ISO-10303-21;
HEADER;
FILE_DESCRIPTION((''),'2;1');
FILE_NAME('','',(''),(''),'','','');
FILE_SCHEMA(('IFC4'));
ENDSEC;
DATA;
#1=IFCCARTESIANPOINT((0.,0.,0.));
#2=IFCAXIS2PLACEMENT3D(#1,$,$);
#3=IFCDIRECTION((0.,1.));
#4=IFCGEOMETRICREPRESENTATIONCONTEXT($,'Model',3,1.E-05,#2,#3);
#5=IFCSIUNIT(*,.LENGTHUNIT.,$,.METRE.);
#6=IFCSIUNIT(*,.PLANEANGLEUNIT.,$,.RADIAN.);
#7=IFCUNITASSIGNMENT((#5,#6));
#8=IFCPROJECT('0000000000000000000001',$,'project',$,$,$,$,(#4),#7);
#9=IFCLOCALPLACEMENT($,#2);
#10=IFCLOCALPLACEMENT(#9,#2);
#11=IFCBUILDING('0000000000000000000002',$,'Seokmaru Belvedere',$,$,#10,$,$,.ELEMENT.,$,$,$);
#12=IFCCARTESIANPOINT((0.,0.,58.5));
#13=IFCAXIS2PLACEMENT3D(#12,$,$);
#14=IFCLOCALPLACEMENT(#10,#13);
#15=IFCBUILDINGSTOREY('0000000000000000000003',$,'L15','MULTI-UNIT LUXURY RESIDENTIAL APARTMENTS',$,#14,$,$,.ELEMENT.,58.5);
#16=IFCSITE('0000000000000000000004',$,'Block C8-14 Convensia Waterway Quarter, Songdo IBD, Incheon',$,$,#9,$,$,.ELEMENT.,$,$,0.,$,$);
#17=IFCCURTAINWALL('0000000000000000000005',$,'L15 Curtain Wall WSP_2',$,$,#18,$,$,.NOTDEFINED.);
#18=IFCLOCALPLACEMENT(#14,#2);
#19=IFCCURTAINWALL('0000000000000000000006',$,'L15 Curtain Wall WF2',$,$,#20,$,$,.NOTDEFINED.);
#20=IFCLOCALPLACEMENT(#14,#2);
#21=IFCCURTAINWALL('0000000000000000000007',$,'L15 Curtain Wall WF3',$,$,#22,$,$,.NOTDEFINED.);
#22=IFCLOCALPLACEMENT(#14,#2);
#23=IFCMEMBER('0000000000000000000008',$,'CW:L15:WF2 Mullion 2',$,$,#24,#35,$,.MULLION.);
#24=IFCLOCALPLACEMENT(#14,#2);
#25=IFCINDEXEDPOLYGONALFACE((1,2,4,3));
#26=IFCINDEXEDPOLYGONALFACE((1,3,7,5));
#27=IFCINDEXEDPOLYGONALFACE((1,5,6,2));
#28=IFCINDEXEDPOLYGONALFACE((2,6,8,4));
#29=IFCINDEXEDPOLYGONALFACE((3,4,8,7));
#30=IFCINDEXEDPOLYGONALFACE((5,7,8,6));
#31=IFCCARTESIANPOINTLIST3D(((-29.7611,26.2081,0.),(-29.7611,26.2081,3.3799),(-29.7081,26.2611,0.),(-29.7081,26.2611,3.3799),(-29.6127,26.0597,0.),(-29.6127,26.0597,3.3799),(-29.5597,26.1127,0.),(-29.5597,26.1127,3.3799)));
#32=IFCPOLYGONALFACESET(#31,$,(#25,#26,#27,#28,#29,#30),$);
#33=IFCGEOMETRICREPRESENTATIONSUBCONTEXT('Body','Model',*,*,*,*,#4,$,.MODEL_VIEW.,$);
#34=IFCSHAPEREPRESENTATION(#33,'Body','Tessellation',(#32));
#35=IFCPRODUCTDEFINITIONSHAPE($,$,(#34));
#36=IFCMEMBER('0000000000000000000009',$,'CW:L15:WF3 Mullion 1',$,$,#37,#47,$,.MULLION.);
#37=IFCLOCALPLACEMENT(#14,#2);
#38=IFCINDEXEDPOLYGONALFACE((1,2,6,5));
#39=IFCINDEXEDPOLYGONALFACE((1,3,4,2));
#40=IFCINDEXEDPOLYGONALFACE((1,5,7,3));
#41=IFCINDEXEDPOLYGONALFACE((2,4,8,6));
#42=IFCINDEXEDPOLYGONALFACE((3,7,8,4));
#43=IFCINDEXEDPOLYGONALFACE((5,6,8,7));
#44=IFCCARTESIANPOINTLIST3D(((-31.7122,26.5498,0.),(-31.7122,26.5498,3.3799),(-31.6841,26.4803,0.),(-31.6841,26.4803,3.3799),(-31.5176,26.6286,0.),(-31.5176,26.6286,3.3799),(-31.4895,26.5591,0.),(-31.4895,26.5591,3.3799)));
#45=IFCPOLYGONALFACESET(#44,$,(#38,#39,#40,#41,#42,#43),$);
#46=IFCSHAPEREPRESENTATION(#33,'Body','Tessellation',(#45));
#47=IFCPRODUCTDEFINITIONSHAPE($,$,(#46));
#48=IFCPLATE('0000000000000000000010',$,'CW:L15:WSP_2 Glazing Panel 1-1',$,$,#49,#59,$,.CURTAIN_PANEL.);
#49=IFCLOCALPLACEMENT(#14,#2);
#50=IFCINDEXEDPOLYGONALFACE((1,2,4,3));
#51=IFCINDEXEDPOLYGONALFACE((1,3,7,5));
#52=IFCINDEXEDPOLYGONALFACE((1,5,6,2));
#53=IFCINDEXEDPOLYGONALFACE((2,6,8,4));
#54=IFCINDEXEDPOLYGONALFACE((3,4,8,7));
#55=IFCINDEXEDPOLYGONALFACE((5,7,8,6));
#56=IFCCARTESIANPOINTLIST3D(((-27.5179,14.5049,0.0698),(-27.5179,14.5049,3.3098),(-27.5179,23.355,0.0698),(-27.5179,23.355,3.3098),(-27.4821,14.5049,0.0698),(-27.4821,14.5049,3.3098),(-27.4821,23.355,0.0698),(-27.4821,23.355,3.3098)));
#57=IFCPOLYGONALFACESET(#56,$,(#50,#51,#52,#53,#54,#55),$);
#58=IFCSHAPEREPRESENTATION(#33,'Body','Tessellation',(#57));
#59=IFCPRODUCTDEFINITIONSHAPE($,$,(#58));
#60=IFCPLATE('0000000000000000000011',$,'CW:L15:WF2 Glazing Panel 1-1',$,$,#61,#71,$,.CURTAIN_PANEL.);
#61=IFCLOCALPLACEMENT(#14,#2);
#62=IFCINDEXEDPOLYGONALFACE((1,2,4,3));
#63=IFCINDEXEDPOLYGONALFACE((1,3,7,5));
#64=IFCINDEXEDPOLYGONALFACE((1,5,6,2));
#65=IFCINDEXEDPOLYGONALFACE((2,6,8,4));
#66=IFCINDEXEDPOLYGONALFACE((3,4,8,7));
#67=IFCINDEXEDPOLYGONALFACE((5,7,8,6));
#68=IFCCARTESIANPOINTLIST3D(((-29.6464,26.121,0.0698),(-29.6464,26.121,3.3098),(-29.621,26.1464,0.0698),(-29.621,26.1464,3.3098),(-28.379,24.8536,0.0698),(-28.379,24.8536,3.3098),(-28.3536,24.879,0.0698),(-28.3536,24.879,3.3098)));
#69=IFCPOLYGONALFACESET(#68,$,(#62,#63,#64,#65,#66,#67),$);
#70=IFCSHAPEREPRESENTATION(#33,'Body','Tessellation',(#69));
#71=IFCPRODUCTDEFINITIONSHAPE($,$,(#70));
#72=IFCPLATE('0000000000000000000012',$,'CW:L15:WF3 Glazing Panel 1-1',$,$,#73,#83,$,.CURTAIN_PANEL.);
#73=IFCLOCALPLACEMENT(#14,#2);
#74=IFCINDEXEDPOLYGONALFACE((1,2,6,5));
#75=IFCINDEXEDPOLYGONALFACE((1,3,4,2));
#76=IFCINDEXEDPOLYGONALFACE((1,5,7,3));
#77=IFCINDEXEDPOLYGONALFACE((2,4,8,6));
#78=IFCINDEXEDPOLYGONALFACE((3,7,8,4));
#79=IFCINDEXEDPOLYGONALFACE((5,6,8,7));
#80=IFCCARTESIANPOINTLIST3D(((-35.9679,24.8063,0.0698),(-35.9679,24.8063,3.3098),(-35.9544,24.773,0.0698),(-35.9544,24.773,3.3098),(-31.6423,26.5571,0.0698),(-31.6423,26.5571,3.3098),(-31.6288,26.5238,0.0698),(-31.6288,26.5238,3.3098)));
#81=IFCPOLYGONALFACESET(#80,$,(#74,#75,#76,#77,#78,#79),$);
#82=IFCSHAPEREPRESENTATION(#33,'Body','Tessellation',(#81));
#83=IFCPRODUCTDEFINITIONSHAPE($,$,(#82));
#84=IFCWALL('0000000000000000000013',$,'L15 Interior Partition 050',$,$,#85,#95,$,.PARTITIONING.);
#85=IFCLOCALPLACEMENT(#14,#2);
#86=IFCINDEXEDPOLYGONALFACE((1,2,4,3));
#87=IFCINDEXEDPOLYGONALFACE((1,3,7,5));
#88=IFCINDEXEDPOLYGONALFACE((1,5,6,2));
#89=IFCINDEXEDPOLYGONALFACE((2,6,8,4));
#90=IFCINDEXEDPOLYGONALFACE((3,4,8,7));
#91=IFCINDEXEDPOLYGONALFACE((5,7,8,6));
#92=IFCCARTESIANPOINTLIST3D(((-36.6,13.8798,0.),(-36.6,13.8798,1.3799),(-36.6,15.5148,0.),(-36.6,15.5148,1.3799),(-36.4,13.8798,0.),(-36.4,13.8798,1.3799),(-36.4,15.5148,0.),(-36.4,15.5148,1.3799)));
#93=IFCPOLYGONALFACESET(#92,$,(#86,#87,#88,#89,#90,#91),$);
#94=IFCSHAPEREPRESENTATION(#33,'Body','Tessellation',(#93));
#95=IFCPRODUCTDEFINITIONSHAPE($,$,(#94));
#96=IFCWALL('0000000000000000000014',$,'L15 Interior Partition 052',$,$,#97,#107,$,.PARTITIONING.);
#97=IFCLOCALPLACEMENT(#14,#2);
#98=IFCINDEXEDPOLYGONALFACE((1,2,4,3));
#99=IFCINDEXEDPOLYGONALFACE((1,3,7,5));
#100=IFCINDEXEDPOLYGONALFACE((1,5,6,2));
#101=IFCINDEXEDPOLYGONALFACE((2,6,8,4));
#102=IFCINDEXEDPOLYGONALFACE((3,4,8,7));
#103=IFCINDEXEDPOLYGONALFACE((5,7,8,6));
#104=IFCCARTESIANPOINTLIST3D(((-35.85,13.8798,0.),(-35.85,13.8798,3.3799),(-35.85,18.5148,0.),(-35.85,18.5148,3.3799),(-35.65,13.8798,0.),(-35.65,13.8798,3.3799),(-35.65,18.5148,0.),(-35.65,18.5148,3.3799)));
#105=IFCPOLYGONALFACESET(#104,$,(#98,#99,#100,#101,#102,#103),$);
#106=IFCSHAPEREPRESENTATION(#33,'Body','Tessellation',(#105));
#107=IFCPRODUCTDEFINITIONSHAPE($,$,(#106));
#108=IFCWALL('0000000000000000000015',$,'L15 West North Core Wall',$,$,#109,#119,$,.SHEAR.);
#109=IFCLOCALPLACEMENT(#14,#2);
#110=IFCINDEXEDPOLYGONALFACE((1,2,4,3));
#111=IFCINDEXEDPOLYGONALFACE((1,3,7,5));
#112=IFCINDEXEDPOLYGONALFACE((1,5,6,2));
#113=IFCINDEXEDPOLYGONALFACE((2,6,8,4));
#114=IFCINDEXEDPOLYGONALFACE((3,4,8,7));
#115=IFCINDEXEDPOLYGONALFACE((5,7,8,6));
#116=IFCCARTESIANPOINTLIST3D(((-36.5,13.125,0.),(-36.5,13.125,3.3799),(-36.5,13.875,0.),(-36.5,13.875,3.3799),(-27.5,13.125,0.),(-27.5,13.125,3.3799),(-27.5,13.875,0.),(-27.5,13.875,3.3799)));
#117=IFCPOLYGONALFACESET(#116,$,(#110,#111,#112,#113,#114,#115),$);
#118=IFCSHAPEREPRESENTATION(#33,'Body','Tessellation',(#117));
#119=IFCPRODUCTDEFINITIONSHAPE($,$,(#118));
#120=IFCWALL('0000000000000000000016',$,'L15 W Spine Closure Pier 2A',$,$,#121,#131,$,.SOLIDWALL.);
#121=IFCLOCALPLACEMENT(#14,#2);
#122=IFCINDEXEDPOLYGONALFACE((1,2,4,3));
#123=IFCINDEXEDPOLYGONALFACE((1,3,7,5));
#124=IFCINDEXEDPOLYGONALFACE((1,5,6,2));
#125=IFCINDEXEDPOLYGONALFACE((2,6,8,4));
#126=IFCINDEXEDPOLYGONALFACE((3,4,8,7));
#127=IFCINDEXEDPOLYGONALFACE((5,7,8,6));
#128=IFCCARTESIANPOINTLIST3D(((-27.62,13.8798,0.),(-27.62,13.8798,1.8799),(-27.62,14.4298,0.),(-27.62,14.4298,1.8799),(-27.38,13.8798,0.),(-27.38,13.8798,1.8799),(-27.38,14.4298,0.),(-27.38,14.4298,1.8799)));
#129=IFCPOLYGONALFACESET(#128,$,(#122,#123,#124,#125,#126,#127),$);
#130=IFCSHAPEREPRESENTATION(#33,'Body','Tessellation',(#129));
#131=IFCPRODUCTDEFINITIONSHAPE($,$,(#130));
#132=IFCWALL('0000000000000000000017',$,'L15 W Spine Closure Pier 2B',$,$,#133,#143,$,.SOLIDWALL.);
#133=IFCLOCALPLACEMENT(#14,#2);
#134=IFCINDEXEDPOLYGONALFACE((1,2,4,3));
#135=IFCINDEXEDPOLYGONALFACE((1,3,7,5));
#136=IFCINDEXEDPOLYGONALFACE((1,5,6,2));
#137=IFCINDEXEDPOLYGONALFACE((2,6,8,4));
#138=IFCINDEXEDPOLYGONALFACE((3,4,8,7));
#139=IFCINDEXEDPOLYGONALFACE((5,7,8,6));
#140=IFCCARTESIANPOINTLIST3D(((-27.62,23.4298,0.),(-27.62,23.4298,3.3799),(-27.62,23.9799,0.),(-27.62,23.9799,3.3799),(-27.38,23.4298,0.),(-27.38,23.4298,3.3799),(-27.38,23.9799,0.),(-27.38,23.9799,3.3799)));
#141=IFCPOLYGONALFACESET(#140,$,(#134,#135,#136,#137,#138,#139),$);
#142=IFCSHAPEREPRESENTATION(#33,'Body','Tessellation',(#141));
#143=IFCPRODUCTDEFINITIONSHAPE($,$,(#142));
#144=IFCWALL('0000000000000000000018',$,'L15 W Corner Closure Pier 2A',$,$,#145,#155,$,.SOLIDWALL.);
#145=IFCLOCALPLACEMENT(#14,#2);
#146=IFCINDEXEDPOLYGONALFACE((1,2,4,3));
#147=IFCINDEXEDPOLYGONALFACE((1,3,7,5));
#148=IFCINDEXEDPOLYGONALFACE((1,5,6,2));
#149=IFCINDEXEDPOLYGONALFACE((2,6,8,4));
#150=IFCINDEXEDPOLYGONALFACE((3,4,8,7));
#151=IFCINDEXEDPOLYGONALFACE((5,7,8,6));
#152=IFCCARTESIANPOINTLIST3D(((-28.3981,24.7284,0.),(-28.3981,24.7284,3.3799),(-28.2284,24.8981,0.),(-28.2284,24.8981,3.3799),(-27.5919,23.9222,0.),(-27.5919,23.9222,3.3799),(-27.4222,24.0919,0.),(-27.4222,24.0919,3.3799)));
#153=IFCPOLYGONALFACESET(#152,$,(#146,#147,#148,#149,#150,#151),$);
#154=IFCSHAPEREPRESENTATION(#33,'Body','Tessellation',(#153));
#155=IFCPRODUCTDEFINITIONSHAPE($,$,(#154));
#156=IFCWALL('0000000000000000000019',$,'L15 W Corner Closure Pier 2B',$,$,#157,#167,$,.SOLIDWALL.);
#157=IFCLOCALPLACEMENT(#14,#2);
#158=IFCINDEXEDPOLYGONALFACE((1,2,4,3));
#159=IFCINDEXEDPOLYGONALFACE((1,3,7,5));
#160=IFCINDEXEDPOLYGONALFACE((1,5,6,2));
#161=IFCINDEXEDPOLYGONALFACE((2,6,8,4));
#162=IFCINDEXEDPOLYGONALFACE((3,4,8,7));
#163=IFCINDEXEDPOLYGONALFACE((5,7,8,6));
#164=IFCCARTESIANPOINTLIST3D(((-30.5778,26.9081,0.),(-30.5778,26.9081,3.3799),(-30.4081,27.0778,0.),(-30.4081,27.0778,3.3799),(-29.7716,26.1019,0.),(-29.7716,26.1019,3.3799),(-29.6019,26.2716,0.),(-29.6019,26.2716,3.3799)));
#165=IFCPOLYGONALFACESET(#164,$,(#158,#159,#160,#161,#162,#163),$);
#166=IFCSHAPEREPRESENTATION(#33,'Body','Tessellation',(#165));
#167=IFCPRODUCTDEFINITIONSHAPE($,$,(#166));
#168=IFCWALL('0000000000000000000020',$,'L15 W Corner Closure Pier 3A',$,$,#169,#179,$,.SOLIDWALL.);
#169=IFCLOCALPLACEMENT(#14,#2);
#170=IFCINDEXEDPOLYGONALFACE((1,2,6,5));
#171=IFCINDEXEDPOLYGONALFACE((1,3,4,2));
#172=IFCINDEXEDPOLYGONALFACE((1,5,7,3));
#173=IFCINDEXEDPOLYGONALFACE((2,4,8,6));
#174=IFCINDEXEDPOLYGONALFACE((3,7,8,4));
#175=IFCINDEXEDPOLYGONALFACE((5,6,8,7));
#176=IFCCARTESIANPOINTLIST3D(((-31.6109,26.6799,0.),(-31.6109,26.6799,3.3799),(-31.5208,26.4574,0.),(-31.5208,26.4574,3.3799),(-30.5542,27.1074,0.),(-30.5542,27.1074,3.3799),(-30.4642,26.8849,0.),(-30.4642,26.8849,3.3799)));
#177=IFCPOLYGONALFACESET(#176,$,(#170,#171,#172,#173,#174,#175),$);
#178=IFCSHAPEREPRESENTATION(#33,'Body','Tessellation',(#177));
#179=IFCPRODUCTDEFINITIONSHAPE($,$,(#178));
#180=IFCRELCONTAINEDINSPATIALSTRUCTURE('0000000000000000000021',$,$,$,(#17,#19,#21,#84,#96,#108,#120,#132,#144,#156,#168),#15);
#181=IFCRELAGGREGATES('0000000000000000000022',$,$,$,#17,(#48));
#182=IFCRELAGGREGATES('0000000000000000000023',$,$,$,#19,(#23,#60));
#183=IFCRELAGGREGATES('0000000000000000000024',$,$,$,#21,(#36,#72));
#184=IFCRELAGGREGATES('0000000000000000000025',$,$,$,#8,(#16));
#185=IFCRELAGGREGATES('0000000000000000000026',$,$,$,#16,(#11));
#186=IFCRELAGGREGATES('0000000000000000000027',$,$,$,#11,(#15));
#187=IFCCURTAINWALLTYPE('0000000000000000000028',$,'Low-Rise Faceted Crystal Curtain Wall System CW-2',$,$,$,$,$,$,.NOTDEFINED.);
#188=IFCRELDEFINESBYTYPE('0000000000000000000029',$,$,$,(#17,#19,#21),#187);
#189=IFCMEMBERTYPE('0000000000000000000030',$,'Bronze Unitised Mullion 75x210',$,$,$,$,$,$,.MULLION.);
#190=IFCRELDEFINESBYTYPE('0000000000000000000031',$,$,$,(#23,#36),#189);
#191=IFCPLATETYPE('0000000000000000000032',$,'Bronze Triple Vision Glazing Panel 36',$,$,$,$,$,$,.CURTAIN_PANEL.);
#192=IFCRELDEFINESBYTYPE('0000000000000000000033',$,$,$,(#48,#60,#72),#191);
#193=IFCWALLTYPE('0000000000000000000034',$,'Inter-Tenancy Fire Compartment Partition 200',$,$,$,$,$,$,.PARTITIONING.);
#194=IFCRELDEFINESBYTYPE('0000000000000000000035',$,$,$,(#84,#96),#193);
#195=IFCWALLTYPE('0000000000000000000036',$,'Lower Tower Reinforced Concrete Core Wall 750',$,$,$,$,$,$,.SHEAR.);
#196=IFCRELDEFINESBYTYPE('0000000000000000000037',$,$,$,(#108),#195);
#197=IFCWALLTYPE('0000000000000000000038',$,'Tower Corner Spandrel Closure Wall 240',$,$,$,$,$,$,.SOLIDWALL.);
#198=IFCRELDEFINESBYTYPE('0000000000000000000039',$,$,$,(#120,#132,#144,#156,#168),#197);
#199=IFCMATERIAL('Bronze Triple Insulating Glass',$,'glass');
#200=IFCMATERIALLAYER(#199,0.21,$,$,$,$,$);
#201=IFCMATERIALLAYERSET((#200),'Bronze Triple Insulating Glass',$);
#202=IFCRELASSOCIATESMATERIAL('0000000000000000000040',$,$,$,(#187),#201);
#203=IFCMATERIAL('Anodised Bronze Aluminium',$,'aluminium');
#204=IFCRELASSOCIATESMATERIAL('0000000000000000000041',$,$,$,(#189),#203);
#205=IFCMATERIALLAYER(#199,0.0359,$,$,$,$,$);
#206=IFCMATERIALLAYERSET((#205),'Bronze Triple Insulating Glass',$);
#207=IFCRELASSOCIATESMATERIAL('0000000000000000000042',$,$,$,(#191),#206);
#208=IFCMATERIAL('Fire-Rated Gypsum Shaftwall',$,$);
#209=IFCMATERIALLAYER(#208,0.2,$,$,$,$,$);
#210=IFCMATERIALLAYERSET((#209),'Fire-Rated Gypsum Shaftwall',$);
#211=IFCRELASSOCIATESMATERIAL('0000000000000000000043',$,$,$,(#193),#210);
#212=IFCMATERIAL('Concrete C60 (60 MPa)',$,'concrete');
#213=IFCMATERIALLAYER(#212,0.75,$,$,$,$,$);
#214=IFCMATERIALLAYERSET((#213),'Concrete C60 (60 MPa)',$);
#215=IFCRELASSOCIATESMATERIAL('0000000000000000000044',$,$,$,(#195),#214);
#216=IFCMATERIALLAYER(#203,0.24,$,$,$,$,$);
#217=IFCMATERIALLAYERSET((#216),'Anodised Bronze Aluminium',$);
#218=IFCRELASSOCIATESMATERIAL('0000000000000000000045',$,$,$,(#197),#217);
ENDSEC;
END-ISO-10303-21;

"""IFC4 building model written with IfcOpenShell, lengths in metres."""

from ifc_helpers import new_model, si_unit, direction, frame, frame_2d, origin, origin_2d, place, context, subcontext, project, spatial, rectangle, extrude, source, transform, mapped, material, layer, layer_set, material_profile, profile_set, type_object, type_shapes, element, aggregate, save


model = new_model("IFC4")

# Units and contexts
model_context = context("Model", 3, precision=1e-05, world=origin(), true_north=direction((0.0, 1.0)))
body_context = subcontext(model_context, "Body", "Model", "MODEL_VIEW")
ifc_project = project(units=[si_unit("LENGTHUNIT", "METRE"), si_unit("PLANEANGLEUNIT", "RADIAN")], contexts=[model_context])

# Site, building, storey
site_placement = place(None, origin())
site = spatial("IfcSite", under=ifc_project, at=site_placement, Name="Block C8-14 Convensia Waterway Quarter, Songdo IBD, Incheon", CompositionType="ELEMENT", RefElevation=0.0)
building_placement = place(site_placement, origin())
building = spatial("IfcBuilding", under=site, at=building_placement, Name="Seokmaru Belvedere", CompositionType="ELEMENT")
storey_placement = place(building_placement, frame((0.0, 0.0, 58.5)))
storey = spatial("IfcBuildingStorey", under=building, at=storey_placement, Name="L15", Description="MULTI-UNIT LUXURY RESIDENTIAL APARTMENTS", CompositionType="ELEMENT", Elevation=58.5)

# Curtain walls
ifc_material_1 = material(Name="Bronze Triple Insulating Glass", Category="glass")
ifc_layer_1 = layer(ifc_material_1, 0.21)
ifc_layer_set_1 = layer_set([ifc_layer_1], Name="Bronze Triple Insulating Glass")
curtain_wall_type = type_object("IfcCurtainWallType", Name="Low-Rise Faceted Crystal Curtain Wall System CW-2", PredefinedType="NOTDEFINED", material=ifc_layer_set_1)
curtain_wall_1_placement = place(storey_placement, origin())
curtain_wall_1 = element("IfcCurtainWall", 1, at=curtain_wall_1_placement, inside=storey, type_object=curtain_wall_type, Name="L15 Curtain Wall WSP_2", PredefinedType="NOTDEFINED")
ifc_material_2 = material(Name="Anodised Bronze Aluminium", Category="aluminium")
curtain_wall_2_placement = place(storey_placement, origin())
curtain_wall_2 = element("IfcCurtainWall", 2, at=curtain_wall_2_placement, inside=storey, type_object=curtain_wall_type, Name="L15 Curtain Wall WF2", PredefinedType="NOTDEFINED")
curtain_wall_3_placement = place(storey_placement, origin())
curtain_wall_3 = element("IfcCurtainWall", 3, at=curtain_wall_3_placement, inside=storey, type_object=curtain_wall_type, Name="L15 Curtain Wall WF3", PredefinedType="NOTDEFINED")
ifc_material_profile_1 = material_profile(ifc_material_2, rectangle(XDim=0.075, YDim=0.21, at=origin_2d()), Name="CW-M-75x210")
ifc_profile_set_1 = profile_set([ifc_material_profile_1], Name="Anodised Bronze Aluminium")
member_type_1 = type_object("IfcMemberType", Name="Bronze Unitised Mullion 75x210", PredefinedType="MULLION", material=ifc_profile_set_1)

# Members
shared_shape_1 = source(origin(), body_context, "Body", "SweptSolid", [
    extrude(rectangle(XDim=0.075, YDim=0.21, at=origin_2d()), origin(), (0.0, 0.0, 1.0), 3.3799),
])
member_1_placement = place(storey_placement, frame((-29.6604, 26.1604, 0.0), z_axis=(0.0, 0.0, 1.0), x_axis=(-0.707107, -0.707107, 0.0)))
member_1 = element("IfcMember", 4, at=member_1_placement, type_object=member_type_1, Name="CW:L15:WF2 Mullion 2", PredefinedType="MULLION", context=body_context, shape_type="MappedRepresentation", body=[
    mapped(shared_shape_1, transform((0.0, 0.0, 0.0), scale=1.0)),
])
member_2_placement = place(storey_placement, frame((-31.6008, 26.5544, 0.0), z_axis=(0.0, 0.0, 1.0), x_axis=(0.375192, -0.926947, 0.0)))
member_2 = element("IfcMember", 5, at=member_2_placement, type_object=member_type_1, Name="CW:L15:WF3 Mullion 1", PredefinedType="MULLION", context=body_context, shape_type="MappedRepresentation", body=[
    mapped(shared_shape_1, transform((0.0, 0.0, 0.0), scale=1.0)),
])

# Plates
ifc_layer_2 = layer(ifc_material_1, 0.0359)
ifc_layer_set_2 = layer_set([ifc_layer_2], Name="Bronze Triple Insulating Glass")
plate_type = type_object("IfcPlateType", Name="Bronze Triple Vision Glazing Panel 36", PredefinedType="CURTAIN_PANEL", material=ifc_layer_set_2)
shared_shape_2 = source(origin(), body_context, "Body", "SweptSolid", [
    extrude(rectangle(XDim=8.8501, YDim=0.0359, at=origin_2d()), origin(), (0.0, 0.0, 1.0), 3.24),
])
plate_1_placement = place(storey_placement, frame((-27.5, 18.9299, 0.0698), z_axis=(0.0, 0.0, 1.0), x_axis=(0.0, 1.0, 0.0)))
plate_1 = element("IfcPlate", 6, at=plate_1_placement, type_object=plate_type, Name="CW:L15:WSP_2 Glazing Panel 1-1", PredefinedType="CURTAIN_PANEL", context=body_context, shape_type="MappedRepresentation", body=[
    mapped(shared_shape_2, transform((0.0, 0.0, 0.0), scale=1.0)),
])
aggregate(curtain_wall_1, [plate_1])
shared_shape_3 = source(origin(), body_context, "Body", "SweptSolid", [
    extrude(rectangle(XDim=1.7925, YDim=0.0359, at=origin_2d()), origin(), (0.0, 0.0, 1.0), 3.24),
])
plate_2_placement = place(storey_placement, frame((-29.0, 25.5, 0.0698), z_axis=(0.0, 0.0, 1.0), x_axis=(-0.707107, 0.707107, 0.0)))
plate_2 = element("IfcPlate", 7, at=plate_2_placement, type_object=plate_type, Name="CW:L15:WF2 Glazing Panel 1-1", PredefinedType="CURTAIN_PANEL", context=body_context, shape_type="MappedRepresentation", body=[
    mapped(shared_shape_3, transform((0.0, 0.0, 0.0), scale=1.0)),
])
aggregate(curtain_wall_2, [member_1, plate_2])
shared_shape_4 = source(origin(), body_context, "Body", "SweptSolid", [
    extrude(rectangle(XDim=4.6665, YDim=0.0359, at=origin_2d()), origin(), (0.0, 0.0, 1.0), 3.24),
])
type_shapes(plate_type, [shared_shape_2, shared_shape_3, shared_shape_4])
plate_3_placement = place(storey_placement, frame((-33.7983, 25.665, 0.0698), z_axis=(0.0, 0.0, 1.0), x_axis=(-0.926947, -0.375192, 0.0)))
plate_3 = element("IfcPlate", 8, at=plate_3_placement, type_object=plate_type, Name="CW:L15:WF3 Glazing Panel 1-1", PredefinedType="CURTAIN_PANEL", context=body_context, shape_type="MappedRepresentation", body=[
    mapped(shared_shape_4, transform((0.0, 0.0, 0.0), scale=1.0)),
])
aggregate(curtain_wall_3, [member_2, plate_3])

# Walls
ifc_material_3 = material(Name="Fire-Rated Gypsum Shaftwall")
ifc_layer_3 = layer(ifc_material_3, 0.2)
ifc_layer_set_3 = layer_set([ifc_layer_3], Name="Fire-Rated Gypsum Shaftwall")
wall_type_1 = type_object("IfcWallType", Name="Inter-Tenancy Fire Compartment Partition 200", PredefinedType="PARTITIONING", material=ifc_layer_set_3)
wall_1_placement = place(storey_placement, frame((-36.5, 13.8799, 0.0), z_axis=(0.0, 0.0, 1.0), x_axis=(0.0, 1.0, 0.0)))
element("IfcWall", 9, at=wall_1_placement, inside=storey, type_object=wall_type_1, Name="L15 Interior Partition 050", PredefinedType="PARTITIONING", context=body_context, shape_type="SweptSolid", body=[
    extrude(rectangle(XDim=1.635, YDim=0.2, at=frame_2d((0.8174, 0.0))), origin(), (0.0, 0.0, 1.0), 1.3799),
])
wall_2_placement = place(storey_placement, frame((-35.75, 13.8799, 0.0), z_axis=(0.0, 0.0, 1.0), x_axis=(0.0, 1.0, 0.0)))
element("IfcWall", 10, at=wall_2_placement, inside=storey, type_object=wall_type_1, Name="L15 Interior Partition 052", PredefinedType="PARTITIONING", context=body_context, shape_type="SweptSolid", body=[
    extrude(rectangle(XDim=4.635, YDim=0.2, at=frame_2d((2.3174, 0.0))), origin(), (0.0, 0.0, 1.0), 3.3799),
])
ifc_material_4 = material(Name="Concrete C60 (60 MPa)", Category="concrete")
ifc_layer_4 = layer(ifc_material_4, 0.75)
ifc_layer_set_4 = layer_set([ifc_layer_4], Name="Concrete C60 (60 MPa)")
wall_type_2 = type_object("IfcWallType", Name="Lower Tower Reinforced Concrete Core Wall 750", PredefinedType="SHEAR", material=ifc_layer_set_4)
wall_3_placement = place(storey_placement, frame((-36.5, 13.5, 0.0), z_axis=(0.0, 0.0, 1.0), x_axis=(1.0, 0.0, 0.0)))
element("IfcWall", 11, at=wall_3_placement, inside=storey, type_object=wall_type_2, Name="L15 West North Core Wall", PredefinedType="SHEAR", context=body_context, shape_type="SweptSolid", body=[
    extrude(rectangle(XDim=9.0, YDim=0.75, at=frame_2d((4.5, 0.0))), origin(), (0.0, 0.0, 1.0), 3.3799),
])
ifc_layer_5 = layer(ifc_material_2, 0.24)
ifc_layer_set_5 = layer_set([ifc_layer_5], Name="Anodised Bronze Aluminium")
wall_type_3 = type_object("IfcWallType", Name="Tower Corner Spandrel Closure Wall 240", PredefinedType="SOLIDWALL", material=ifc_layer_set_5)
wall_4_placement = place(storey_placement, frame((-27.5, 13.8799, 0.0), z_axis=(0.0, 0.0, 1.0), x_axis=(0.0, 1.0, 0.0)))
element("IfcWall", 12, at=wall_4_placement, inside=storey, type_object=wall_type_3, Name="L15 W Spine Closure Pier 2A", PredefinedType="SOLIDWALL", context=body_context, shape_type="SweptSolid", body=[
    extrude(rectangle(XDim=0.55, YDim=0.24, at=frame_2d((0.2749, 0.0))), origin(), (0.0, 0.0, 1.0), 1.8799),
])
wall_5_placement = place(storey_placement, frame((-27.5, 23.4299, 0.0), z_axis=(0.0, 0.0, 1.0), x_axis=(0.0, 1.0, 0.0)))
element("IfcWall", 13, at=wall_5_placement, inside=storey, type_object=wall_type_3, Name="L15 W Spine Closure Pier 2B", PredefinedType="SOLIDWALL", context=body_context, shape_type="SweptSolid", body=[
    extrude(rectangle(XDim=0.55, YDim=0.24, at=frame_2d((0.2749, 0.0))), origin(), (0.0, 0.0, 1.0), 3.3799),
])
for number, where, z_axis, x_axis, name in (
    (14, (-27.5071, 24.0071, 0.0), (0.0, 0.0, 1.0), (-0.707107, 0.707107, 0.0), "L15 W Corner Closure Pier 2A"),
    (15, (-29.6868, 26.1868, 0.0), (0.0, 0.0, 1.0), (-0.707107, 0.707107, 0.0), "L15 W Corner Closure Pier 2B"),
):
    element("IfcWall", number, at=place(storey_placement, frame(where, z_axis=z_axis, x_axis=x_axis)), inside=storey, type_object=wall_type_3, Name=name, PredefinedType="SOLIDWALL", context=body_context, shape_type="SweptSolid", body=[
        extrude(rectangle(XDim=1.1401, YDim=0.24, at=frame_2d((0.5701, 0.0))), origin(), (0.0, 0.0, 1.0), 3.3799),
    ])
wall_6_placement = place(storey_placement, frame((-30.5093, 26.9961, 0.0), z_axis=(0.0, 0.0, 1.0), x_axis=(-0.927007, -0.375044, 0.0)))
element("IfcWall", 16, at=wall_6_placement, inside=storey, type_object=wall_type_3, Name="L15 W Corner Closure Pier 3A", PredefinedType="SOLIDWALL", context=body_context, shape_type="SweptSolid", body=[
    extrude(rectangle(XDim=1.1399, YDim=0.24, at=frame_2d((0.5698, 0.0))), origin(), (0.0, 0.0, 1.0), 3.3799),
])

save(model, "model.ifc")
